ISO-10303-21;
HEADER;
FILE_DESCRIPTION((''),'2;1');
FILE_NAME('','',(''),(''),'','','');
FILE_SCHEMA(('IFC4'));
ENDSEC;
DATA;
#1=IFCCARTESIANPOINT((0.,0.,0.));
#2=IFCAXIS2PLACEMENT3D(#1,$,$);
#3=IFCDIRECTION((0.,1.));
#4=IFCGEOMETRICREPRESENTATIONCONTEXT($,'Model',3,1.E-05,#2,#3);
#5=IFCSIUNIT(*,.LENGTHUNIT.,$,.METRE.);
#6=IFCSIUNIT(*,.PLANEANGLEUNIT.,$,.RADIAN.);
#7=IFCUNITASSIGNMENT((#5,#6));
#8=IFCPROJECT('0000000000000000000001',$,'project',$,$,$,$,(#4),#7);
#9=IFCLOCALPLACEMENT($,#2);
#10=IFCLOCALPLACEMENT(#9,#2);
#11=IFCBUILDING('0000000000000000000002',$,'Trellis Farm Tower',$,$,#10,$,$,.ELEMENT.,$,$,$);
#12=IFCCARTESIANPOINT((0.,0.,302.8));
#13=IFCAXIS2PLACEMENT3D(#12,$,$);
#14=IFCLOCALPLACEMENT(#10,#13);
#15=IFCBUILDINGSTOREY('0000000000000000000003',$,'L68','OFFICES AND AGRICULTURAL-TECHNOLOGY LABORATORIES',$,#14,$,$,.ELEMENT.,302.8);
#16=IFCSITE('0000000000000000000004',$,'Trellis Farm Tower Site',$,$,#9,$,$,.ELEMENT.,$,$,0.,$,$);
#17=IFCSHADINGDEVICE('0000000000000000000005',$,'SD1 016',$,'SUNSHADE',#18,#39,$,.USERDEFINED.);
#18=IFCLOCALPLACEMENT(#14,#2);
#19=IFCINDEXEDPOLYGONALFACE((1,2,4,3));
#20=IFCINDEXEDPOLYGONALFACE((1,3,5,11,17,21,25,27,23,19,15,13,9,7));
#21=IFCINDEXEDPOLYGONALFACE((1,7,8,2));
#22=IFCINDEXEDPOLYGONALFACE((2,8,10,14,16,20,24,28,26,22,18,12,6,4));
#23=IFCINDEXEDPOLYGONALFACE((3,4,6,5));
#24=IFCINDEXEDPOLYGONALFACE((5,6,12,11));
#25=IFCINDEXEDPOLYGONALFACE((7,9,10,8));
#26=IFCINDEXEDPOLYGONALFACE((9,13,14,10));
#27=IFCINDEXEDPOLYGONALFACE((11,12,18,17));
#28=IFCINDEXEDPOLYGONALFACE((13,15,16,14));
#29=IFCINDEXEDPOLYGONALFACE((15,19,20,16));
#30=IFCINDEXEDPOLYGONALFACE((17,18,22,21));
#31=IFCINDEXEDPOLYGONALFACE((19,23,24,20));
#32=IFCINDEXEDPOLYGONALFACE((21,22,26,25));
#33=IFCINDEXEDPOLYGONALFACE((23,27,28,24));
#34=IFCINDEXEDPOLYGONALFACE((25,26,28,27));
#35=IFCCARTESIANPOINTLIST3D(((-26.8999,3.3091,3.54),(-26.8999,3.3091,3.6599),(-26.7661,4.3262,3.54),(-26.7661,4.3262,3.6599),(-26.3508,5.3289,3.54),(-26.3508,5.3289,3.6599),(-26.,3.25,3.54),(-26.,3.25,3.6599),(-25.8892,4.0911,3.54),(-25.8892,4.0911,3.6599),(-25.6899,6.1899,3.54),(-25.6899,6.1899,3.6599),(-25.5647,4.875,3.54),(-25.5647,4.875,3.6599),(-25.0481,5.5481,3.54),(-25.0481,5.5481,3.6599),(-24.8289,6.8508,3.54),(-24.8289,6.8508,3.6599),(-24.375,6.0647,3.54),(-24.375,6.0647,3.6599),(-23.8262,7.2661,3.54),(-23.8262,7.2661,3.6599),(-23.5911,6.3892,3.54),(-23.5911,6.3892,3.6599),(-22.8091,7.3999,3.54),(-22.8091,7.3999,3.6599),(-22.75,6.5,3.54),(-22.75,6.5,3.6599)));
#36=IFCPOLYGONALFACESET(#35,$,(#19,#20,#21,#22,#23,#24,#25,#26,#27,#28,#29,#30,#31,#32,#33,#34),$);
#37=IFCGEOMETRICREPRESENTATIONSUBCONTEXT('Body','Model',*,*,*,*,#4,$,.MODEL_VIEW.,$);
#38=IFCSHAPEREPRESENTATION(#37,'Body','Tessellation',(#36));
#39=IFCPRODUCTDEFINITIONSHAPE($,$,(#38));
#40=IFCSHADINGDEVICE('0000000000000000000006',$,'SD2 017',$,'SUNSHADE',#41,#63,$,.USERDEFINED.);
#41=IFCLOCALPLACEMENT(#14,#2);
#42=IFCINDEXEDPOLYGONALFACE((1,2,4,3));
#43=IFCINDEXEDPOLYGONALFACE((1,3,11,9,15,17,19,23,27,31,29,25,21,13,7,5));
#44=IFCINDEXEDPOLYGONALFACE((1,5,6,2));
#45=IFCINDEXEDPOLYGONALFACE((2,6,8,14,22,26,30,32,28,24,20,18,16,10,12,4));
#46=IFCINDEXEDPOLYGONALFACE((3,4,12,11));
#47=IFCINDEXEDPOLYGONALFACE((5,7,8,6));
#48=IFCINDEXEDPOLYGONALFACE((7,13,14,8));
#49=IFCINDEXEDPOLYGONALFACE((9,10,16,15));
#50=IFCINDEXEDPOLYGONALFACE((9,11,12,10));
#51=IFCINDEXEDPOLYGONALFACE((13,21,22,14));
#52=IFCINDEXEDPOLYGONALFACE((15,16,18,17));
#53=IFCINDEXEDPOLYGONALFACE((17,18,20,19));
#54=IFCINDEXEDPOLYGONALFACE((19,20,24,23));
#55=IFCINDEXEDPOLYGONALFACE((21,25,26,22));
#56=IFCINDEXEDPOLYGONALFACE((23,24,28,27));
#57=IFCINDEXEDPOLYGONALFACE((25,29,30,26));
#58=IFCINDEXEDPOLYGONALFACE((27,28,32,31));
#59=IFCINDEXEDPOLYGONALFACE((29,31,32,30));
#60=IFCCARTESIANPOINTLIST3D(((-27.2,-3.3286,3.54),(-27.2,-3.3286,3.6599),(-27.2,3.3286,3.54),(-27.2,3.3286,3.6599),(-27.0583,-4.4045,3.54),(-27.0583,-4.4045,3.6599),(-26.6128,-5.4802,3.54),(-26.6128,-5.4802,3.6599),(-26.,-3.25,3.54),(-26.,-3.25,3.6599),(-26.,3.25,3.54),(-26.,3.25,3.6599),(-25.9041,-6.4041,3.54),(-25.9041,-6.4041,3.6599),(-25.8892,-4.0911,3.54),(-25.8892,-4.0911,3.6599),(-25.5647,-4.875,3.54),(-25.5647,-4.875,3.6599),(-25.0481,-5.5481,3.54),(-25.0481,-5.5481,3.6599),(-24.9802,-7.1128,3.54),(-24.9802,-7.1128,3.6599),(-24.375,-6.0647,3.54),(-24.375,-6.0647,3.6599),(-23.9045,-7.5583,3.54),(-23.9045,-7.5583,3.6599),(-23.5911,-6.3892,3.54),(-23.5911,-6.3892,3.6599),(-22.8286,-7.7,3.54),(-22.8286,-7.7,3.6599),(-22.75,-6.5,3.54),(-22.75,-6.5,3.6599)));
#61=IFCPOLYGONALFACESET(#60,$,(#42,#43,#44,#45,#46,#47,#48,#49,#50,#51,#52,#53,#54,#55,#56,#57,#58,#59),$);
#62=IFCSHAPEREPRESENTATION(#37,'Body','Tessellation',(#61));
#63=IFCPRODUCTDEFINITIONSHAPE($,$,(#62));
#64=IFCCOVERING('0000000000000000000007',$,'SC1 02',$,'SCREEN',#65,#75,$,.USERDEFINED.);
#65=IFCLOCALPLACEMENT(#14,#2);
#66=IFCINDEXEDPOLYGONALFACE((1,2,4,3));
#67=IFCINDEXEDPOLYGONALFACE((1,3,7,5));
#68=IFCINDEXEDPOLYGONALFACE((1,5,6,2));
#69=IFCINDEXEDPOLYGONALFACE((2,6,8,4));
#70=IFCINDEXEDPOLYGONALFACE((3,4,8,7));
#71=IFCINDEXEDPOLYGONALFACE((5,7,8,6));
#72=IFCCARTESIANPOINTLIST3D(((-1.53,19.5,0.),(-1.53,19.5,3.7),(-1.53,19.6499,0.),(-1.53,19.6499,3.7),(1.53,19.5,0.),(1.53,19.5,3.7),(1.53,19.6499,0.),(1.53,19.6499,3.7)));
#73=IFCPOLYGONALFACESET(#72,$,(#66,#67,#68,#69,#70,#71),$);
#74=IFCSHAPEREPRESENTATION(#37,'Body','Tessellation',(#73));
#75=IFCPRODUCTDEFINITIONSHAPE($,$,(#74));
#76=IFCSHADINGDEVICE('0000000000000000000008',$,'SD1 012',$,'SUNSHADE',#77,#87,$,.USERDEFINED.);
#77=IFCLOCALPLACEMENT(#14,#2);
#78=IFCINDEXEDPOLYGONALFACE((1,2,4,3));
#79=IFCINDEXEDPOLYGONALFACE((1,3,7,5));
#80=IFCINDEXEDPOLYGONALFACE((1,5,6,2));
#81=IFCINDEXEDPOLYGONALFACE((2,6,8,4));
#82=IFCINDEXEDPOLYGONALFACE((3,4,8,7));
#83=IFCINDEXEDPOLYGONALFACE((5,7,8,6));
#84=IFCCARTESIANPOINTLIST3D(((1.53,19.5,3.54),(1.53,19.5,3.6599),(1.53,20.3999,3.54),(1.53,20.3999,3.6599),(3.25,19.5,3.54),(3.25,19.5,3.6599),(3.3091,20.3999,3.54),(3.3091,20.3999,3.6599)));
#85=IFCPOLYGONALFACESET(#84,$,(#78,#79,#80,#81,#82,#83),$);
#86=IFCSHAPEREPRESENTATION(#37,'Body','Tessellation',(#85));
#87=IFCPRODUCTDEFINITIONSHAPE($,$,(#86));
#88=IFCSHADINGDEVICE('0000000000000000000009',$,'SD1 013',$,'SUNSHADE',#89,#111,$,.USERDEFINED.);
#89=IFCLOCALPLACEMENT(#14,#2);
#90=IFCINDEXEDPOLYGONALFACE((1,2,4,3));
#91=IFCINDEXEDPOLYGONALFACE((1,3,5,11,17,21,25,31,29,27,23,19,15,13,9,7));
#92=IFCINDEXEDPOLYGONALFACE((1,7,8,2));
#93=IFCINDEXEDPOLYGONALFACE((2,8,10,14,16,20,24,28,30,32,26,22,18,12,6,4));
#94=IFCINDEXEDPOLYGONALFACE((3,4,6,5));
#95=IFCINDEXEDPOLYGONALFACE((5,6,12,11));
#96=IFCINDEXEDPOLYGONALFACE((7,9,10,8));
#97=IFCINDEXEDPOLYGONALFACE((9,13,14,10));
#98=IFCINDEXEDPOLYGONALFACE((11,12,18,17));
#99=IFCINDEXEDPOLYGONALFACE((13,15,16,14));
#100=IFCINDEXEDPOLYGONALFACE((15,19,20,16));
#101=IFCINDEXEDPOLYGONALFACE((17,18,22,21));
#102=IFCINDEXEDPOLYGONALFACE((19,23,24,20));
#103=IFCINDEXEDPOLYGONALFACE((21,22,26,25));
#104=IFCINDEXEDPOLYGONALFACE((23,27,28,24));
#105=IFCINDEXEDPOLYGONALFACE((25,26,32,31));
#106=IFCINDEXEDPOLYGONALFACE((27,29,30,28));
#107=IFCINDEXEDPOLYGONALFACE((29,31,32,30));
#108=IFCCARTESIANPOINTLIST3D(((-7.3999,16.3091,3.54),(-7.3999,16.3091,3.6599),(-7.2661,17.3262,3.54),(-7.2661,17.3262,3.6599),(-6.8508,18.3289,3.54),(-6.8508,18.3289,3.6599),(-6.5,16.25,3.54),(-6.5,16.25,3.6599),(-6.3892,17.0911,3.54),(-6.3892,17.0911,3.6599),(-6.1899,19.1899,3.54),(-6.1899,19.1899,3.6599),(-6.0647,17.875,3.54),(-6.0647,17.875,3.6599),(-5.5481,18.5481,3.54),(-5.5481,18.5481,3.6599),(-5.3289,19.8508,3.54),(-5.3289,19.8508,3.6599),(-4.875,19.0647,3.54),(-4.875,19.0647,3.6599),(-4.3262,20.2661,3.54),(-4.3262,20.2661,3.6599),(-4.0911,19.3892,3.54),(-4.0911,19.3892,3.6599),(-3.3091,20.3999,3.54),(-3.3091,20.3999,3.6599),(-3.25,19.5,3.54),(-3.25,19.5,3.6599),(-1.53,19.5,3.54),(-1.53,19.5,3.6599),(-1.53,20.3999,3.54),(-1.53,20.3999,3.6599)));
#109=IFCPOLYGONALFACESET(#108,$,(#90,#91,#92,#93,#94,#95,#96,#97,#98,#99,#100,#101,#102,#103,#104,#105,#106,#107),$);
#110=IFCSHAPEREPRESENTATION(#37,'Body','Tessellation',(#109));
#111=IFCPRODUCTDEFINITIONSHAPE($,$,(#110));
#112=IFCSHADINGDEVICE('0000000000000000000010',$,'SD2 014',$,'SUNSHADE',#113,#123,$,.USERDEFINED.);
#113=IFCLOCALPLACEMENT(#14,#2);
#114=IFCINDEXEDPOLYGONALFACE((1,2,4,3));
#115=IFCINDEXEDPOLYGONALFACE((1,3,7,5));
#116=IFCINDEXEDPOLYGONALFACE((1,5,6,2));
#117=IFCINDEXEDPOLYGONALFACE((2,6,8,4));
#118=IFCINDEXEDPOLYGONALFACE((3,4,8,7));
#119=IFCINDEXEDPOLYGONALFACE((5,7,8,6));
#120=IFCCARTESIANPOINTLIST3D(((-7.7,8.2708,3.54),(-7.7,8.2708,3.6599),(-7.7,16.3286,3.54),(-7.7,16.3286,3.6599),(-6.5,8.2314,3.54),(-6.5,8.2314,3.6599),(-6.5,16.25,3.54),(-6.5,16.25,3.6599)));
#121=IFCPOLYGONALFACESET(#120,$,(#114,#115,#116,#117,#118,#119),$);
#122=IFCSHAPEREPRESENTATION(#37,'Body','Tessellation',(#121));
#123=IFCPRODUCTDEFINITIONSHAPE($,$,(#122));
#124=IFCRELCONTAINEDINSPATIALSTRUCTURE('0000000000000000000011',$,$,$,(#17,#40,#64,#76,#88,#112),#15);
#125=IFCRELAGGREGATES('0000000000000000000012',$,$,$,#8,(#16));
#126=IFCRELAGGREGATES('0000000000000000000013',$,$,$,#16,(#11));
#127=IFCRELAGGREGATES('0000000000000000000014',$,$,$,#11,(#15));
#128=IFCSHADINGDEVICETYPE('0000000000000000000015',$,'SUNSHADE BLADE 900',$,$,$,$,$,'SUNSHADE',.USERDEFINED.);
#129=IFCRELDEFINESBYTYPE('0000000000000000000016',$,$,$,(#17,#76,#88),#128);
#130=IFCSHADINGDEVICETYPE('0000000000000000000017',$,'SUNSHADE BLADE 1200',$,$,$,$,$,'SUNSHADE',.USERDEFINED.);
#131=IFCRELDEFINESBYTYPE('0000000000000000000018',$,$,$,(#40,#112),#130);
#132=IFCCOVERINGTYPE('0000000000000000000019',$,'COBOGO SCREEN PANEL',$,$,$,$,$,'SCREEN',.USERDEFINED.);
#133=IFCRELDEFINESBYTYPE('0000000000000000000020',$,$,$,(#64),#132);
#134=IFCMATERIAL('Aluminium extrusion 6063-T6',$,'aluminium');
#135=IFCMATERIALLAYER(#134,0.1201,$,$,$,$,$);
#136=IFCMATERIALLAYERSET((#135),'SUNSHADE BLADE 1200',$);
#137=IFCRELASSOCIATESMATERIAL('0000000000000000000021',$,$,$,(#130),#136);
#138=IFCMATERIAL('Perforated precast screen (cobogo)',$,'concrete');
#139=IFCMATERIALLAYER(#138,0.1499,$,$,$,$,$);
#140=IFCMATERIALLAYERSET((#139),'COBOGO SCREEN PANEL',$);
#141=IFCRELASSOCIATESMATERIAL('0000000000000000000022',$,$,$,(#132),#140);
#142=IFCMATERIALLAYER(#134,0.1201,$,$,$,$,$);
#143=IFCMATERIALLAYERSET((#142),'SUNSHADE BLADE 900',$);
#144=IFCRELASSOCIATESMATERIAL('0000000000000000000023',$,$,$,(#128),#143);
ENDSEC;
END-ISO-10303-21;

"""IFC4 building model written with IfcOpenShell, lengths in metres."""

from ifc_helpers import new_model, si_unit, direction, frame, origin, place, context, subcontext, project, spatial, polyline, outline, extrude, source, transform, mapped, material, layer, layer_set, type_object, element, save


model = new_model("IFC4")

# Units and contexts
model_context = context("Model", 3, precision=1e-05, world=origin(), true_north=direction((0.0, 1.0)))
body_context = subcontext(model_context, "Body", "Model", "MODEL_VIEW")
ifc_project = project(units=[si_unit("LENGTHUNIT", "METRE"), si_unit("PLANEANGLEUNIT", "RADIAN")], contexts=[model_context])

# Site, building, storey
site_placement = place(None, origin())
site = spatial("IfcSite", under=ifc_project, at=site_placement, Name="Trellis Farm Tower Site", CompositionType="ELEMENT", RefElevation=0.0)
building_placement = place(site_placement, origin())
building = spatial("IfcBuilding", under=site, at=building_placement, Name="Trellis Farm Tower", CompositionType="ELEMENT")
storey_placement = place(building_placement, frame((0.0, 0.0, 302.8)))
storey = spatial("IfcBuildingStorey", under=building, at=storey_placement, Name="L68", Description="OFFICES AND AGRICULTURAL-TECHNOLOGY LABORATORIES", CompositionType="ELEMENT", Elevation=302.8)

# Shared definitions
placement_1 = place(storey_placement, origin())
ifc_material_1 = material(Name="Aluminium extrusion 6063-T6", Category="aluminium")

# Shared definitions
ifc_layer_1 = layer(ifc_material_1, 0.1201)
ifc_layer_set_1 = layer_set([ifc_layer_1], Name="SUNSHADE BLADE 1200")
shading_device_type_1 = type_object("IfcShadingDeviceType", Name="SUNSHADE BLADE 1200", ElementType="SUNSHADE", PredefinedType="USERDEFINED", material=ifc_layer_set_1)
placement_2 = place(storey_placement, frame((0.0, 0.0, 3.54)))

# Shared definitions
ifc_material_2 = material(Name="Perforated precast screen (cobogo)", Category="concrete")
ifc_layer_2 = layer(ifc_material_2, 0.1499)
ifc_layer_set_2 = layer_set([ifc_layer_2], Name="COBOGO SCREEN PANEL")
covering_type = type_object("IfcCoveringType", Name="COBOGO SCREEN PANEL", ElementType="SCREEN", PredefinedType="USERDEFINED", material=ifc_layer_set_2)

# Shading devices
ifc_layer_3 = layer(ifc_material_1, 0.1201)
ifc_layer_set_3 = layer_set([ifc_layer_3], Name="SUNSHADE BLADE 900")
shading_device_type_2 = type_object("IfcShadingDeviceType", Name="SUNSHADE BLADE 900", ElementType="SUNSHADE", PredefinedType="USERDEFINED", material=ifc_layer_set_3)
shared_shape_1 = source(origin(), body_context, "Body", "SweptSolid", [
    extrude(outline(polyline([(-22.8091, 7.3999), (-23.8262, 7.2661), (-24.8289, 6.8508), (-25.6899, 6.1899), (-26.3508, 5.3289), (-26.7661, 4.3262), (-26.8999, 3.3091), (-26.0, 3.25), (-25.8892, 4.0911), (-25.5647, 4.875), (-25.0481, 5.5481), (-24.375, 6.0647), (-23.5911, 6.3892), (-22.75, 6.5), (-22.8091, 7.3999)])), origin(), (0.0, 0.0, 1.0), 0.1199),
])
element("IfcShadingDevice", 1, at=placement_2, inside=storey, type_object=shading_device_type_2, Name="SD1 016", ObjectType="SUNSHADE", PredefinedType="USERDEFINED", context=body_context, shape_type="MappedRepresentation", body=[
    mapped(shared_shape_1, transform((0.0, 0.0, 0.0))),
])
shared_shape_2 = source(origin(), body_context, "Body", "SweptSolid", [
    extrude(outline(polyline([(-27.2, 3.3286), (-27.2, -3.3286), (-27.0583, -4.4045), (-26.6128, -5.4802), (-25.9041, -6.4041), (-24.9802, -7.1128), (-23.9045, -7.5583), (-22.8286, -7.7), (-22.75, -6.5), (-23.5911, -6.3892), (-24.375, -6.0647), (-25.0481, -5.5481), (-25.5647, -4.875), (-25.8892, -4.0911), (-26.0, -3.25), (-26.0, 3.25), (-27.2, 3.3286)])), origin(), (0.0, 0.0, 1.0), 0.1199),
])
element("IfcShadingDevice", 2, at=placement_2, inside=storey, type_object=shading_device_type_1, Name="SD2 017", ObjectType="SUNSHADE", PredefinedType="USERDEFINED", context=body_context, shape_type="MappedRepresentation", body=[
    mapped(shared_shape_2, transform((0.0, 0.0, 0.0))),
])

# Covering
shared_shape_3 = source(origin(), body_context, "Body", "SweptSolid", [
    extrude(outline(polyline([(1.53, 19.6499), (-1.53, 19.6499), (-1.53, 19.5), (1.53, 19.5), (1.53, 19.6499)])), origin(), (0.0, 0.0, 1.0), 3.7),
])
element("IfcCovering", 3, at=placement_1, inside=storey, type_object=covering_type, Name="SC1 02", ObjectType="SCREEN", PredefinedType="USERDEFINED", context=body_context, shape_type="MappedRepresentation", body=[
    mapped(shared_shape_3, transform((0.0, 0.0, 0.0))),
])

# Shading devices
shared_shape_4 = source(origin(), body_context, "Body", "SweptSolid", [
    extrude(outline(polyline([(3.3091, 20.3999), (1.53, 20.3999), (1.53, 19.5), (3.25, 19.5), (3.3091, 20.3999)])), origin(), (0.0, 0.0, 1.0), 0.1199),
])
element("IfcShadingDevice", 4, at=placement_2, inside=storey, type_object=shading_device_type_2, Name="SD1 012", ObjectType="SUNSHADE", PredefinedType="USERDEFINED", context=body_context, shape_type="MappedRepresentation", body=[
    mapped(shared_shape_4, transform((0.0, 0.0, 0.0))),
])
shared_shape_5 = source(origin(), body_context, "Body", "SweptSolid", [
    extrude(outline(polyline([(-1.53, 20.3999), (-3.3091, 20.3999), (-4.3262, 20.2661), (-5.3289, 19.8508), (-6.1899, 19.1899), (-6.8508, 18.3289), (-7.2661, 17.3262), (-7.3999, 16.3091), (-6.5, 16.25), (-6.3892, 17.0911), (-6.0647, 17.875), (-5.5481, 18.5481), (-4.875, 19.0647), (-4.0911, 19.3892), (-3.25, 19.5), (-1.53, 19.5), (-1.53, 20.3999)])), origin(), (0.0, 0.0, 1.0), 0.1199),
])
element("IfcShadingDevice", 5, at=placement_2, inside=storey, type_object=shading_device_type_2, Name="SD1 013", ObjectType="SUNSHADE", PredefinedType="USERDEFINED", context=body_context, shape_type="MappedRepresentation", body=[
    mapped(shared_shape_5, transform((0.0, 0.0, 0.0))),
])
shared_shape_6 = source(origin(), body_context, "Body", "SweptSolid", [
    extrude(outline(polyline([(-7.7, 16.3286), (-7.7, 8.2708), (-6.5, 8.2314), (-6.5, 16.25), (-7.7, 16.3286)])), origin(), (0.0, 0.0, 1.0), 0.1199),
])
element("IfcShadingDevice", 6, at=placement_2, inside=storey, type_object=shading_device_type_1, Name="SD2 014", ObjectType="SUNSHADE", PredefinedType="USERDEFINED", context=body_context, shape_type="MappedRepresentation", body=[
    mapped(shared_shape_6, transform((0.0, 0.0, 0.0))),
])

save(model, "model.ifc")
